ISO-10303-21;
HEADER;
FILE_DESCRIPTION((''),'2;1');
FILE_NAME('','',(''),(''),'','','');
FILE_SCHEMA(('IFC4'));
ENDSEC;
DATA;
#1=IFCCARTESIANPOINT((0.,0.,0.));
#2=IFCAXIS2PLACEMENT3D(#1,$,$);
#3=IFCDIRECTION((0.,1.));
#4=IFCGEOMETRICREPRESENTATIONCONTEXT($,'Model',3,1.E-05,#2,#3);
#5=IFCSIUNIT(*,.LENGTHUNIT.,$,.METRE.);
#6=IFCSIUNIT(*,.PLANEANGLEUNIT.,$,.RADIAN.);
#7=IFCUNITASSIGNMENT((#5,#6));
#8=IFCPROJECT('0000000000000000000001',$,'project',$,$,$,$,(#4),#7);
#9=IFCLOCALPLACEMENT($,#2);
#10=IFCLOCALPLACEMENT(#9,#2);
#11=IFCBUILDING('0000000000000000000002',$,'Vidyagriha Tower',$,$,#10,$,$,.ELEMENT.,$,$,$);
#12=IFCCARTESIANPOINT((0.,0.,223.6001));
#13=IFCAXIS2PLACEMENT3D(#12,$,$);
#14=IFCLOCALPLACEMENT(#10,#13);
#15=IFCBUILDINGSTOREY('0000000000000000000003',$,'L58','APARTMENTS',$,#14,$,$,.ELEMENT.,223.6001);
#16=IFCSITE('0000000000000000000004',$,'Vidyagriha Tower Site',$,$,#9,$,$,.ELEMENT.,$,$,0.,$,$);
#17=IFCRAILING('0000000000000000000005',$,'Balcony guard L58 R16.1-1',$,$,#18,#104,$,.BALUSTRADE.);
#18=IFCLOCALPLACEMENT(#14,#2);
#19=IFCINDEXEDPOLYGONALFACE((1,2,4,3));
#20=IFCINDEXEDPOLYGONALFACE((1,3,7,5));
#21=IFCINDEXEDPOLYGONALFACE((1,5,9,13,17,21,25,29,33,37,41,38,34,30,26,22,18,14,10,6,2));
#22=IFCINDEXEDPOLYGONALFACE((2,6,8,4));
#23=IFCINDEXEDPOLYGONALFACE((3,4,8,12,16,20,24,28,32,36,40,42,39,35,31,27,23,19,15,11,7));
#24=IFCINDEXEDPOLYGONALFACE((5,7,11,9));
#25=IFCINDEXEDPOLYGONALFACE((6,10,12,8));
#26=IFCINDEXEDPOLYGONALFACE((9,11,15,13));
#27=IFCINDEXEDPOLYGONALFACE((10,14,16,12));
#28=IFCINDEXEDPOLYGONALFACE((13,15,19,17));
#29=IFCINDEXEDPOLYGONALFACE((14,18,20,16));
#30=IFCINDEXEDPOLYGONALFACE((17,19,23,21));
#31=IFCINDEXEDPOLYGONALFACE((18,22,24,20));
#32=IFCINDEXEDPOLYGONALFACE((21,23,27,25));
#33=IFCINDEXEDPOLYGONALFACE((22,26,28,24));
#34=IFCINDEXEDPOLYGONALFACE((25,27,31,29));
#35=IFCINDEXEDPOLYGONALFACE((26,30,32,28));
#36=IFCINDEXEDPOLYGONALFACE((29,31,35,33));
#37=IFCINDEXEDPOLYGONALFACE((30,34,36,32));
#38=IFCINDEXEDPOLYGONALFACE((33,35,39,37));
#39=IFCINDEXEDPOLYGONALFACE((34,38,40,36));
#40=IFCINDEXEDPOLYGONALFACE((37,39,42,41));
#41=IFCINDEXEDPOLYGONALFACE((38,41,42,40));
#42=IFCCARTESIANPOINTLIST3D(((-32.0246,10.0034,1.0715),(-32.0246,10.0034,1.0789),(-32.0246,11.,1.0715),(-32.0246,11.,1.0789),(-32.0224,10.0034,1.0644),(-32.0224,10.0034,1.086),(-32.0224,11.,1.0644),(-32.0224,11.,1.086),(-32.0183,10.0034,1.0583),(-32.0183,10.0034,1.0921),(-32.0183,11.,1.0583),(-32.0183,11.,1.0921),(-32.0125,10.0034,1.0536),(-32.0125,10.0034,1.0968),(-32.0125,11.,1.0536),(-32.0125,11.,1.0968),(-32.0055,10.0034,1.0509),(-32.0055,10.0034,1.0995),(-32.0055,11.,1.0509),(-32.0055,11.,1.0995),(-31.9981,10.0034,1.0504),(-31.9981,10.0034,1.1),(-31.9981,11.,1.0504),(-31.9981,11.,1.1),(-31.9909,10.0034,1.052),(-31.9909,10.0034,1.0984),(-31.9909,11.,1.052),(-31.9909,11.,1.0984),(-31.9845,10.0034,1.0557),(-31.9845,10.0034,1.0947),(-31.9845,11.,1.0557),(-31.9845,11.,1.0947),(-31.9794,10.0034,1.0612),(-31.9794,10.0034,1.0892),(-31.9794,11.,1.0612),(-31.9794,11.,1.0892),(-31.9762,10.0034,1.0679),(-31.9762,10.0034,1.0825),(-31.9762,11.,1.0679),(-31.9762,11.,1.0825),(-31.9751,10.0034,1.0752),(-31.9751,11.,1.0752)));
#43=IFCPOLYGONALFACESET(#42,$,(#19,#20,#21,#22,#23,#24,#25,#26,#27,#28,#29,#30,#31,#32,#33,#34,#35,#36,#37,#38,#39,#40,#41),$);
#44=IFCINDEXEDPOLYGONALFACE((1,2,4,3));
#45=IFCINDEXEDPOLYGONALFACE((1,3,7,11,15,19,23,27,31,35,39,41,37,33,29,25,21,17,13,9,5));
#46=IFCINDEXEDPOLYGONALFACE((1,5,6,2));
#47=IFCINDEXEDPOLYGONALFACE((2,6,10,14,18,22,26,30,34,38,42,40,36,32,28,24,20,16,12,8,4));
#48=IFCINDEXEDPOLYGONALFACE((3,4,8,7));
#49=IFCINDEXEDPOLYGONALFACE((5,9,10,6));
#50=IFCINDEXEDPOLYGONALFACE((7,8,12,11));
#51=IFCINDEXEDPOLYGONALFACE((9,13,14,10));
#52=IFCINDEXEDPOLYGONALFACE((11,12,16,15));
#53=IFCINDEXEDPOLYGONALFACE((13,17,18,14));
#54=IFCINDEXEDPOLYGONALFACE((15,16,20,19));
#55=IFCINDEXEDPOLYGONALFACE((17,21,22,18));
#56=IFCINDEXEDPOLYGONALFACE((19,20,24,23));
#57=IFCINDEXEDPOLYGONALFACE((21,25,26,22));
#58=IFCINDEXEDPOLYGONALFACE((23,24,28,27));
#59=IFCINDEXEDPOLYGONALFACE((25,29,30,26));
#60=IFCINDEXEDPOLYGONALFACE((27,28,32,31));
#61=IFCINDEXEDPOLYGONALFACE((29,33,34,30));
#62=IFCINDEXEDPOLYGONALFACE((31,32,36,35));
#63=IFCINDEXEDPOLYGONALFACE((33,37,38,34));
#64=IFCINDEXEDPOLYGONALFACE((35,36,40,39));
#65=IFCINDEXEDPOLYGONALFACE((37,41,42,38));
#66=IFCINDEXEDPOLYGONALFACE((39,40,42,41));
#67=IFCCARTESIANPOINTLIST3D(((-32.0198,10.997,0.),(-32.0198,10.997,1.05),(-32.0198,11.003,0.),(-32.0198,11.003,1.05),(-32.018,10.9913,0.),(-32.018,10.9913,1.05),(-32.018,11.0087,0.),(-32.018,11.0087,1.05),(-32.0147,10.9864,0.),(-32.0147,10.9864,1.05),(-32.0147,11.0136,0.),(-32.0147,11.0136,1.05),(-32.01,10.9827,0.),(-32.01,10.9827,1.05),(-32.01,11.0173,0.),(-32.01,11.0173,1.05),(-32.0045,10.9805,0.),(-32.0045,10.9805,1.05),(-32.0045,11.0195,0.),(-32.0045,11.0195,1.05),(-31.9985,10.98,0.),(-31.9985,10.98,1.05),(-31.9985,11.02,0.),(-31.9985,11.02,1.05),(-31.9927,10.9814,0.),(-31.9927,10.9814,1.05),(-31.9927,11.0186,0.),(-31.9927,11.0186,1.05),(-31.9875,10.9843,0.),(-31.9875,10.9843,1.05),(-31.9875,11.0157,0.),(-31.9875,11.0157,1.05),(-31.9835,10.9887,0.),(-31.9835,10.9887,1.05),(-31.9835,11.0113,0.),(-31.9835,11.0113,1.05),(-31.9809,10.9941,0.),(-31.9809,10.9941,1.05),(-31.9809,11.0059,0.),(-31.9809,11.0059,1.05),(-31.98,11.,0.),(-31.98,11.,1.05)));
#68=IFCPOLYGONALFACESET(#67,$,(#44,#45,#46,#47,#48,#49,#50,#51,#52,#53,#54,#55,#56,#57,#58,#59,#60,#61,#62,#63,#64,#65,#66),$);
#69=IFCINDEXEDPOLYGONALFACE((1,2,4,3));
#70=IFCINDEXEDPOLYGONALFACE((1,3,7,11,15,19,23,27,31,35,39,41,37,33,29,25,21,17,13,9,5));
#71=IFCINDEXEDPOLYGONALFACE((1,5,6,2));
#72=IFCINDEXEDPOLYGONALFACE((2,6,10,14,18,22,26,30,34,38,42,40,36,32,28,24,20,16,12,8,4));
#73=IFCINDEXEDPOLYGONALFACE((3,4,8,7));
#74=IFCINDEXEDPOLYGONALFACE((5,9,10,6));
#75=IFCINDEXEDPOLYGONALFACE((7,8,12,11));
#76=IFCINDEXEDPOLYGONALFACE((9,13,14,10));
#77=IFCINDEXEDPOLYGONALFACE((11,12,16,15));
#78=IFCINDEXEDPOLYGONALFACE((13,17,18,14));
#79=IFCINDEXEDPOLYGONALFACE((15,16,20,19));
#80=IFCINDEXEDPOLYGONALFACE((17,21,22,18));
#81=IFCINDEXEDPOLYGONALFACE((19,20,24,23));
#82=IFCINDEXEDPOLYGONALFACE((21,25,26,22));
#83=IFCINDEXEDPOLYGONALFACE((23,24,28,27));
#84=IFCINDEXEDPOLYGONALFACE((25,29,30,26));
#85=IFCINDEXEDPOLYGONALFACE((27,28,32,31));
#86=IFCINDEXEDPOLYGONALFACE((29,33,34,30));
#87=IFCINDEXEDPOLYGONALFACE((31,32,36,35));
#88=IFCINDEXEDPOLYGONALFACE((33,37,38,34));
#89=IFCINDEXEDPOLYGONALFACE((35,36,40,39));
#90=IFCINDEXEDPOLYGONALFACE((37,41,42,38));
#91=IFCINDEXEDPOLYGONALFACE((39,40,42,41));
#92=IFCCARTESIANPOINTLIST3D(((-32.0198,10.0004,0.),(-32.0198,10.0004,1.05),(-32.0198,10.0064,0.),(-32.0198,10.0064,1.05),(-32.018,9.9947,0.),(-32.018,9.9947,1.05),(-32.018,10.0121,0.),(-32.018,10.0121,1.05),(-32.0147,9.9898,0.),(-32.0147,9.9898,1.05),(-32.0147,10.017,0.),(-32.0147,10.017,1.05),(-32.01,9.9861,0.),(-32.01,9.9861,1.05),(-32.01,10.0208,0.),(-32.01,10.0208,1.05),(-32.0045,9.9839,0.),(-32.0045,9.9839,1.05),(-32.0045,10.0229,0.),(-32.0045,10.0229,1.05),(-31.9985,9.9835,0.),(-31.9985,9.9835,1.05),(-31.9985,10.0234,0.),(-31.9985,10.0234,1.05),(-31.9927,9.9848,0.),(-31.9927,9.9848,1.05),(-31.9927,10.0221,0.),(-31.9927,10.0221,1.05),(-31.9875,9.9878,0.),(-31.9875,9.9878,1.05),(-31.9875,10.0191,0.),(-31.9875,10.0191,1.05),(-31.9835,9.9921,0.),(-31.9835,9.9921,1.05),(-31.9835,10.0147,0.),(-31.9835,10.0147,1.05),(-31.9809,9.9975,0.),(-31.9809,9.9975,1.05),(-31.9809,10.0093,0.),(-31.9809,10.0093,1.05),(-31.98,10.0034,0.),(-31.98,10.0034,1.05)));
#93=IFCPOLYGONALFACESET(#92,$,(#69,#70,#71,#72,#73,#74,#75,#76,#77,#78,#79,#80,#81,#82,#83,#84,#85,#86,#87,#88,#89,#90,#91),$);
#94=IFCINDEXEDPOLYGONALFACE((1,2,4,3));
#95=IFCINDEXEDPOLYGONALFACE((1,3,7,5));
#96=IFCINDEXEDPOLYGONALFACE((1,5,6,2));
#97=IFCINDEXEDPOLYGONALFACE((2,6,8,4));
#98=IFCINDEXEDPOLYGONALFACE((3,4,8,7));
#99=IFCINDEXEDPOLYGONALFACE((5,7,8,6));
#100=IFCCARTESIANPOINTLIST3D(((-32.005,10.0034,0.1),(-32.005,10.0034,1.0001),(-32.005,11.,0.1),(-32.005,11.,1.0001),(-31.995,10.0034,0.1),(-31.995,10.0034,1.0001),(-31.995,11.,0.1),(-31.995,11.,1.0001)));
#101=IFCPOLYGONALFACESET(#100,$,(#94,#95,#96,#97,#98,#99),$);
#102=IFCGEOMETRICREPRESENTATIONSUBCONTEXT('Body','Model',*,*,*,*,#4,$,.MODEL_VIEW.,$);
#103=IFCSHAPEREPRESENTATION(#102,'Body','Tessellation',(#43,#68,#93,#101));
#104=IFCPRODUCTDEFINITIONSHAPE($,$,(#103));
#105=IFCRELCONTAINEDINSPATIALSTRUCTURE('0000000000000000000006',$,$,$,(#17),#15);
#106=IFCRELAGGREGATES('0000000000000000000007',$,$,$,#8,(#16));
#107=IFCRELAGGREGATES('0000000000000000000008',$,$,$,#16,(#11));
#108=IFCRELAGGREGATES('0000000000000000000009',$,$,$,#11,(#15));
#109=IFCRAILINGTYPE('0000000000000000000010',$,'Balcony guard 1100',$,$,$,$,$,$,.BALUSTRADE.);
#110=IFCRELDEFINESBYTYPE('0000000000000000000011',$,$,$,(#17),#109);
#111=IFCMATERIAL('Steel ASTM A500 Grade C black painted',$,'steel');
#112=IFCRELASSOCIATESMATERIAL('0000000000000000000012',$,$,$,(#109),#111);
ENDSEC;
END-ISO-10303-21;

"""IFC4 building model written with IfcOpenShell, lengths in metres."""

from ifc_helpers import new_model, si_unit, direction, frame, origin, origin_2d, place, context, subcontext, project, spatial, rectangle, circle, extrude, material, type_object, element, save


model = new_model("IFC4")

# Units and contexts
model_context = context("Model", 3, precision=1e-05, world=origin(), true_north=direction((0.0, 1.0)))
body_context = subcontext(model_context, "Body", "Model", "MODEL_VIEW")
ifc_project = project(units=[si_unit("LENGTHUNIT", "METRE"), si_unit("PLANEANGLEUNIT", "RADIAN")], contexts=[model_context])

# Site, building, storey
site_placement = place(None, origin())
site = spatial("IfcSite", under=ifc_project, at=site_placement, Name="Vidyagriha Tower Site", CompositionType="ELEMENT", RefElevation=0.0)
building_placement = place(site_placement, origin())
building = spatial("IfcBuilding", under=site, at=building_placement, Name="Vidyagriha Tower", CompositionType="ELEMENT")
storey_placement = place(building_placement, frame((0.0, 0.0, 223.6001)))
storey = spatial("IfcBuildingStorey", under=building, at=storey_placement, Name="L58", Description="APARTMENTS", CompositionType="ELEMENT", Elevation=223.6001)

# Railing
ifc_material_1 = material(Name="Steel ASTM A500 Grade C black painted", Category="steel")
railing_type_1 = type_object("IfcRailingType", Name="Balcony guard 1100", PredefinedType="BALUSTRADE", material=ifc_material_1)
railing_1_placement = place(storey_placement, frame((-32.0, 11.0, 0.0)))
element("IfcRailing", 1, at=railing_1_placement, inside=storey, type_object=railing_type_1, Name="Balcony guard L58 R16.1-1", PredefinedType="BALUSTRADE", context=body_context, shape_type="SweptSolid", body=[
    extrude(circle(Radius=0.0249, at=origin_2d()), frame((0.0, 0.0, 1.0752), z_axis=(0.0, -1.0, 0.0), x_axis=(1.0, 0.0, 0.0)), (0.0, 0.0, 1.0), 0.9966),
    extrude(circle(Radius=0.02, at=origin_2d()), origin(), (0.0, 0.0, 1.0), 1.05),
    extrude(circle(Radius=0.02, at=origin_2d()), frame((0.0, -0.9966, 0.0)), (0.0, 0.0, 1.0), 1.05),
    extrude(rectangle(XDim=0.01, YDim=0.9001, at=origin_2d()), frame((0.0, 0.0, 0.55), z_axis=(0.0, -1.0, 0.0), x_axis=(1.0, 0.0, 0.0)), (0.0, 0.0, 1.0), 0.9966),
])

save(model, "model.ifc")
